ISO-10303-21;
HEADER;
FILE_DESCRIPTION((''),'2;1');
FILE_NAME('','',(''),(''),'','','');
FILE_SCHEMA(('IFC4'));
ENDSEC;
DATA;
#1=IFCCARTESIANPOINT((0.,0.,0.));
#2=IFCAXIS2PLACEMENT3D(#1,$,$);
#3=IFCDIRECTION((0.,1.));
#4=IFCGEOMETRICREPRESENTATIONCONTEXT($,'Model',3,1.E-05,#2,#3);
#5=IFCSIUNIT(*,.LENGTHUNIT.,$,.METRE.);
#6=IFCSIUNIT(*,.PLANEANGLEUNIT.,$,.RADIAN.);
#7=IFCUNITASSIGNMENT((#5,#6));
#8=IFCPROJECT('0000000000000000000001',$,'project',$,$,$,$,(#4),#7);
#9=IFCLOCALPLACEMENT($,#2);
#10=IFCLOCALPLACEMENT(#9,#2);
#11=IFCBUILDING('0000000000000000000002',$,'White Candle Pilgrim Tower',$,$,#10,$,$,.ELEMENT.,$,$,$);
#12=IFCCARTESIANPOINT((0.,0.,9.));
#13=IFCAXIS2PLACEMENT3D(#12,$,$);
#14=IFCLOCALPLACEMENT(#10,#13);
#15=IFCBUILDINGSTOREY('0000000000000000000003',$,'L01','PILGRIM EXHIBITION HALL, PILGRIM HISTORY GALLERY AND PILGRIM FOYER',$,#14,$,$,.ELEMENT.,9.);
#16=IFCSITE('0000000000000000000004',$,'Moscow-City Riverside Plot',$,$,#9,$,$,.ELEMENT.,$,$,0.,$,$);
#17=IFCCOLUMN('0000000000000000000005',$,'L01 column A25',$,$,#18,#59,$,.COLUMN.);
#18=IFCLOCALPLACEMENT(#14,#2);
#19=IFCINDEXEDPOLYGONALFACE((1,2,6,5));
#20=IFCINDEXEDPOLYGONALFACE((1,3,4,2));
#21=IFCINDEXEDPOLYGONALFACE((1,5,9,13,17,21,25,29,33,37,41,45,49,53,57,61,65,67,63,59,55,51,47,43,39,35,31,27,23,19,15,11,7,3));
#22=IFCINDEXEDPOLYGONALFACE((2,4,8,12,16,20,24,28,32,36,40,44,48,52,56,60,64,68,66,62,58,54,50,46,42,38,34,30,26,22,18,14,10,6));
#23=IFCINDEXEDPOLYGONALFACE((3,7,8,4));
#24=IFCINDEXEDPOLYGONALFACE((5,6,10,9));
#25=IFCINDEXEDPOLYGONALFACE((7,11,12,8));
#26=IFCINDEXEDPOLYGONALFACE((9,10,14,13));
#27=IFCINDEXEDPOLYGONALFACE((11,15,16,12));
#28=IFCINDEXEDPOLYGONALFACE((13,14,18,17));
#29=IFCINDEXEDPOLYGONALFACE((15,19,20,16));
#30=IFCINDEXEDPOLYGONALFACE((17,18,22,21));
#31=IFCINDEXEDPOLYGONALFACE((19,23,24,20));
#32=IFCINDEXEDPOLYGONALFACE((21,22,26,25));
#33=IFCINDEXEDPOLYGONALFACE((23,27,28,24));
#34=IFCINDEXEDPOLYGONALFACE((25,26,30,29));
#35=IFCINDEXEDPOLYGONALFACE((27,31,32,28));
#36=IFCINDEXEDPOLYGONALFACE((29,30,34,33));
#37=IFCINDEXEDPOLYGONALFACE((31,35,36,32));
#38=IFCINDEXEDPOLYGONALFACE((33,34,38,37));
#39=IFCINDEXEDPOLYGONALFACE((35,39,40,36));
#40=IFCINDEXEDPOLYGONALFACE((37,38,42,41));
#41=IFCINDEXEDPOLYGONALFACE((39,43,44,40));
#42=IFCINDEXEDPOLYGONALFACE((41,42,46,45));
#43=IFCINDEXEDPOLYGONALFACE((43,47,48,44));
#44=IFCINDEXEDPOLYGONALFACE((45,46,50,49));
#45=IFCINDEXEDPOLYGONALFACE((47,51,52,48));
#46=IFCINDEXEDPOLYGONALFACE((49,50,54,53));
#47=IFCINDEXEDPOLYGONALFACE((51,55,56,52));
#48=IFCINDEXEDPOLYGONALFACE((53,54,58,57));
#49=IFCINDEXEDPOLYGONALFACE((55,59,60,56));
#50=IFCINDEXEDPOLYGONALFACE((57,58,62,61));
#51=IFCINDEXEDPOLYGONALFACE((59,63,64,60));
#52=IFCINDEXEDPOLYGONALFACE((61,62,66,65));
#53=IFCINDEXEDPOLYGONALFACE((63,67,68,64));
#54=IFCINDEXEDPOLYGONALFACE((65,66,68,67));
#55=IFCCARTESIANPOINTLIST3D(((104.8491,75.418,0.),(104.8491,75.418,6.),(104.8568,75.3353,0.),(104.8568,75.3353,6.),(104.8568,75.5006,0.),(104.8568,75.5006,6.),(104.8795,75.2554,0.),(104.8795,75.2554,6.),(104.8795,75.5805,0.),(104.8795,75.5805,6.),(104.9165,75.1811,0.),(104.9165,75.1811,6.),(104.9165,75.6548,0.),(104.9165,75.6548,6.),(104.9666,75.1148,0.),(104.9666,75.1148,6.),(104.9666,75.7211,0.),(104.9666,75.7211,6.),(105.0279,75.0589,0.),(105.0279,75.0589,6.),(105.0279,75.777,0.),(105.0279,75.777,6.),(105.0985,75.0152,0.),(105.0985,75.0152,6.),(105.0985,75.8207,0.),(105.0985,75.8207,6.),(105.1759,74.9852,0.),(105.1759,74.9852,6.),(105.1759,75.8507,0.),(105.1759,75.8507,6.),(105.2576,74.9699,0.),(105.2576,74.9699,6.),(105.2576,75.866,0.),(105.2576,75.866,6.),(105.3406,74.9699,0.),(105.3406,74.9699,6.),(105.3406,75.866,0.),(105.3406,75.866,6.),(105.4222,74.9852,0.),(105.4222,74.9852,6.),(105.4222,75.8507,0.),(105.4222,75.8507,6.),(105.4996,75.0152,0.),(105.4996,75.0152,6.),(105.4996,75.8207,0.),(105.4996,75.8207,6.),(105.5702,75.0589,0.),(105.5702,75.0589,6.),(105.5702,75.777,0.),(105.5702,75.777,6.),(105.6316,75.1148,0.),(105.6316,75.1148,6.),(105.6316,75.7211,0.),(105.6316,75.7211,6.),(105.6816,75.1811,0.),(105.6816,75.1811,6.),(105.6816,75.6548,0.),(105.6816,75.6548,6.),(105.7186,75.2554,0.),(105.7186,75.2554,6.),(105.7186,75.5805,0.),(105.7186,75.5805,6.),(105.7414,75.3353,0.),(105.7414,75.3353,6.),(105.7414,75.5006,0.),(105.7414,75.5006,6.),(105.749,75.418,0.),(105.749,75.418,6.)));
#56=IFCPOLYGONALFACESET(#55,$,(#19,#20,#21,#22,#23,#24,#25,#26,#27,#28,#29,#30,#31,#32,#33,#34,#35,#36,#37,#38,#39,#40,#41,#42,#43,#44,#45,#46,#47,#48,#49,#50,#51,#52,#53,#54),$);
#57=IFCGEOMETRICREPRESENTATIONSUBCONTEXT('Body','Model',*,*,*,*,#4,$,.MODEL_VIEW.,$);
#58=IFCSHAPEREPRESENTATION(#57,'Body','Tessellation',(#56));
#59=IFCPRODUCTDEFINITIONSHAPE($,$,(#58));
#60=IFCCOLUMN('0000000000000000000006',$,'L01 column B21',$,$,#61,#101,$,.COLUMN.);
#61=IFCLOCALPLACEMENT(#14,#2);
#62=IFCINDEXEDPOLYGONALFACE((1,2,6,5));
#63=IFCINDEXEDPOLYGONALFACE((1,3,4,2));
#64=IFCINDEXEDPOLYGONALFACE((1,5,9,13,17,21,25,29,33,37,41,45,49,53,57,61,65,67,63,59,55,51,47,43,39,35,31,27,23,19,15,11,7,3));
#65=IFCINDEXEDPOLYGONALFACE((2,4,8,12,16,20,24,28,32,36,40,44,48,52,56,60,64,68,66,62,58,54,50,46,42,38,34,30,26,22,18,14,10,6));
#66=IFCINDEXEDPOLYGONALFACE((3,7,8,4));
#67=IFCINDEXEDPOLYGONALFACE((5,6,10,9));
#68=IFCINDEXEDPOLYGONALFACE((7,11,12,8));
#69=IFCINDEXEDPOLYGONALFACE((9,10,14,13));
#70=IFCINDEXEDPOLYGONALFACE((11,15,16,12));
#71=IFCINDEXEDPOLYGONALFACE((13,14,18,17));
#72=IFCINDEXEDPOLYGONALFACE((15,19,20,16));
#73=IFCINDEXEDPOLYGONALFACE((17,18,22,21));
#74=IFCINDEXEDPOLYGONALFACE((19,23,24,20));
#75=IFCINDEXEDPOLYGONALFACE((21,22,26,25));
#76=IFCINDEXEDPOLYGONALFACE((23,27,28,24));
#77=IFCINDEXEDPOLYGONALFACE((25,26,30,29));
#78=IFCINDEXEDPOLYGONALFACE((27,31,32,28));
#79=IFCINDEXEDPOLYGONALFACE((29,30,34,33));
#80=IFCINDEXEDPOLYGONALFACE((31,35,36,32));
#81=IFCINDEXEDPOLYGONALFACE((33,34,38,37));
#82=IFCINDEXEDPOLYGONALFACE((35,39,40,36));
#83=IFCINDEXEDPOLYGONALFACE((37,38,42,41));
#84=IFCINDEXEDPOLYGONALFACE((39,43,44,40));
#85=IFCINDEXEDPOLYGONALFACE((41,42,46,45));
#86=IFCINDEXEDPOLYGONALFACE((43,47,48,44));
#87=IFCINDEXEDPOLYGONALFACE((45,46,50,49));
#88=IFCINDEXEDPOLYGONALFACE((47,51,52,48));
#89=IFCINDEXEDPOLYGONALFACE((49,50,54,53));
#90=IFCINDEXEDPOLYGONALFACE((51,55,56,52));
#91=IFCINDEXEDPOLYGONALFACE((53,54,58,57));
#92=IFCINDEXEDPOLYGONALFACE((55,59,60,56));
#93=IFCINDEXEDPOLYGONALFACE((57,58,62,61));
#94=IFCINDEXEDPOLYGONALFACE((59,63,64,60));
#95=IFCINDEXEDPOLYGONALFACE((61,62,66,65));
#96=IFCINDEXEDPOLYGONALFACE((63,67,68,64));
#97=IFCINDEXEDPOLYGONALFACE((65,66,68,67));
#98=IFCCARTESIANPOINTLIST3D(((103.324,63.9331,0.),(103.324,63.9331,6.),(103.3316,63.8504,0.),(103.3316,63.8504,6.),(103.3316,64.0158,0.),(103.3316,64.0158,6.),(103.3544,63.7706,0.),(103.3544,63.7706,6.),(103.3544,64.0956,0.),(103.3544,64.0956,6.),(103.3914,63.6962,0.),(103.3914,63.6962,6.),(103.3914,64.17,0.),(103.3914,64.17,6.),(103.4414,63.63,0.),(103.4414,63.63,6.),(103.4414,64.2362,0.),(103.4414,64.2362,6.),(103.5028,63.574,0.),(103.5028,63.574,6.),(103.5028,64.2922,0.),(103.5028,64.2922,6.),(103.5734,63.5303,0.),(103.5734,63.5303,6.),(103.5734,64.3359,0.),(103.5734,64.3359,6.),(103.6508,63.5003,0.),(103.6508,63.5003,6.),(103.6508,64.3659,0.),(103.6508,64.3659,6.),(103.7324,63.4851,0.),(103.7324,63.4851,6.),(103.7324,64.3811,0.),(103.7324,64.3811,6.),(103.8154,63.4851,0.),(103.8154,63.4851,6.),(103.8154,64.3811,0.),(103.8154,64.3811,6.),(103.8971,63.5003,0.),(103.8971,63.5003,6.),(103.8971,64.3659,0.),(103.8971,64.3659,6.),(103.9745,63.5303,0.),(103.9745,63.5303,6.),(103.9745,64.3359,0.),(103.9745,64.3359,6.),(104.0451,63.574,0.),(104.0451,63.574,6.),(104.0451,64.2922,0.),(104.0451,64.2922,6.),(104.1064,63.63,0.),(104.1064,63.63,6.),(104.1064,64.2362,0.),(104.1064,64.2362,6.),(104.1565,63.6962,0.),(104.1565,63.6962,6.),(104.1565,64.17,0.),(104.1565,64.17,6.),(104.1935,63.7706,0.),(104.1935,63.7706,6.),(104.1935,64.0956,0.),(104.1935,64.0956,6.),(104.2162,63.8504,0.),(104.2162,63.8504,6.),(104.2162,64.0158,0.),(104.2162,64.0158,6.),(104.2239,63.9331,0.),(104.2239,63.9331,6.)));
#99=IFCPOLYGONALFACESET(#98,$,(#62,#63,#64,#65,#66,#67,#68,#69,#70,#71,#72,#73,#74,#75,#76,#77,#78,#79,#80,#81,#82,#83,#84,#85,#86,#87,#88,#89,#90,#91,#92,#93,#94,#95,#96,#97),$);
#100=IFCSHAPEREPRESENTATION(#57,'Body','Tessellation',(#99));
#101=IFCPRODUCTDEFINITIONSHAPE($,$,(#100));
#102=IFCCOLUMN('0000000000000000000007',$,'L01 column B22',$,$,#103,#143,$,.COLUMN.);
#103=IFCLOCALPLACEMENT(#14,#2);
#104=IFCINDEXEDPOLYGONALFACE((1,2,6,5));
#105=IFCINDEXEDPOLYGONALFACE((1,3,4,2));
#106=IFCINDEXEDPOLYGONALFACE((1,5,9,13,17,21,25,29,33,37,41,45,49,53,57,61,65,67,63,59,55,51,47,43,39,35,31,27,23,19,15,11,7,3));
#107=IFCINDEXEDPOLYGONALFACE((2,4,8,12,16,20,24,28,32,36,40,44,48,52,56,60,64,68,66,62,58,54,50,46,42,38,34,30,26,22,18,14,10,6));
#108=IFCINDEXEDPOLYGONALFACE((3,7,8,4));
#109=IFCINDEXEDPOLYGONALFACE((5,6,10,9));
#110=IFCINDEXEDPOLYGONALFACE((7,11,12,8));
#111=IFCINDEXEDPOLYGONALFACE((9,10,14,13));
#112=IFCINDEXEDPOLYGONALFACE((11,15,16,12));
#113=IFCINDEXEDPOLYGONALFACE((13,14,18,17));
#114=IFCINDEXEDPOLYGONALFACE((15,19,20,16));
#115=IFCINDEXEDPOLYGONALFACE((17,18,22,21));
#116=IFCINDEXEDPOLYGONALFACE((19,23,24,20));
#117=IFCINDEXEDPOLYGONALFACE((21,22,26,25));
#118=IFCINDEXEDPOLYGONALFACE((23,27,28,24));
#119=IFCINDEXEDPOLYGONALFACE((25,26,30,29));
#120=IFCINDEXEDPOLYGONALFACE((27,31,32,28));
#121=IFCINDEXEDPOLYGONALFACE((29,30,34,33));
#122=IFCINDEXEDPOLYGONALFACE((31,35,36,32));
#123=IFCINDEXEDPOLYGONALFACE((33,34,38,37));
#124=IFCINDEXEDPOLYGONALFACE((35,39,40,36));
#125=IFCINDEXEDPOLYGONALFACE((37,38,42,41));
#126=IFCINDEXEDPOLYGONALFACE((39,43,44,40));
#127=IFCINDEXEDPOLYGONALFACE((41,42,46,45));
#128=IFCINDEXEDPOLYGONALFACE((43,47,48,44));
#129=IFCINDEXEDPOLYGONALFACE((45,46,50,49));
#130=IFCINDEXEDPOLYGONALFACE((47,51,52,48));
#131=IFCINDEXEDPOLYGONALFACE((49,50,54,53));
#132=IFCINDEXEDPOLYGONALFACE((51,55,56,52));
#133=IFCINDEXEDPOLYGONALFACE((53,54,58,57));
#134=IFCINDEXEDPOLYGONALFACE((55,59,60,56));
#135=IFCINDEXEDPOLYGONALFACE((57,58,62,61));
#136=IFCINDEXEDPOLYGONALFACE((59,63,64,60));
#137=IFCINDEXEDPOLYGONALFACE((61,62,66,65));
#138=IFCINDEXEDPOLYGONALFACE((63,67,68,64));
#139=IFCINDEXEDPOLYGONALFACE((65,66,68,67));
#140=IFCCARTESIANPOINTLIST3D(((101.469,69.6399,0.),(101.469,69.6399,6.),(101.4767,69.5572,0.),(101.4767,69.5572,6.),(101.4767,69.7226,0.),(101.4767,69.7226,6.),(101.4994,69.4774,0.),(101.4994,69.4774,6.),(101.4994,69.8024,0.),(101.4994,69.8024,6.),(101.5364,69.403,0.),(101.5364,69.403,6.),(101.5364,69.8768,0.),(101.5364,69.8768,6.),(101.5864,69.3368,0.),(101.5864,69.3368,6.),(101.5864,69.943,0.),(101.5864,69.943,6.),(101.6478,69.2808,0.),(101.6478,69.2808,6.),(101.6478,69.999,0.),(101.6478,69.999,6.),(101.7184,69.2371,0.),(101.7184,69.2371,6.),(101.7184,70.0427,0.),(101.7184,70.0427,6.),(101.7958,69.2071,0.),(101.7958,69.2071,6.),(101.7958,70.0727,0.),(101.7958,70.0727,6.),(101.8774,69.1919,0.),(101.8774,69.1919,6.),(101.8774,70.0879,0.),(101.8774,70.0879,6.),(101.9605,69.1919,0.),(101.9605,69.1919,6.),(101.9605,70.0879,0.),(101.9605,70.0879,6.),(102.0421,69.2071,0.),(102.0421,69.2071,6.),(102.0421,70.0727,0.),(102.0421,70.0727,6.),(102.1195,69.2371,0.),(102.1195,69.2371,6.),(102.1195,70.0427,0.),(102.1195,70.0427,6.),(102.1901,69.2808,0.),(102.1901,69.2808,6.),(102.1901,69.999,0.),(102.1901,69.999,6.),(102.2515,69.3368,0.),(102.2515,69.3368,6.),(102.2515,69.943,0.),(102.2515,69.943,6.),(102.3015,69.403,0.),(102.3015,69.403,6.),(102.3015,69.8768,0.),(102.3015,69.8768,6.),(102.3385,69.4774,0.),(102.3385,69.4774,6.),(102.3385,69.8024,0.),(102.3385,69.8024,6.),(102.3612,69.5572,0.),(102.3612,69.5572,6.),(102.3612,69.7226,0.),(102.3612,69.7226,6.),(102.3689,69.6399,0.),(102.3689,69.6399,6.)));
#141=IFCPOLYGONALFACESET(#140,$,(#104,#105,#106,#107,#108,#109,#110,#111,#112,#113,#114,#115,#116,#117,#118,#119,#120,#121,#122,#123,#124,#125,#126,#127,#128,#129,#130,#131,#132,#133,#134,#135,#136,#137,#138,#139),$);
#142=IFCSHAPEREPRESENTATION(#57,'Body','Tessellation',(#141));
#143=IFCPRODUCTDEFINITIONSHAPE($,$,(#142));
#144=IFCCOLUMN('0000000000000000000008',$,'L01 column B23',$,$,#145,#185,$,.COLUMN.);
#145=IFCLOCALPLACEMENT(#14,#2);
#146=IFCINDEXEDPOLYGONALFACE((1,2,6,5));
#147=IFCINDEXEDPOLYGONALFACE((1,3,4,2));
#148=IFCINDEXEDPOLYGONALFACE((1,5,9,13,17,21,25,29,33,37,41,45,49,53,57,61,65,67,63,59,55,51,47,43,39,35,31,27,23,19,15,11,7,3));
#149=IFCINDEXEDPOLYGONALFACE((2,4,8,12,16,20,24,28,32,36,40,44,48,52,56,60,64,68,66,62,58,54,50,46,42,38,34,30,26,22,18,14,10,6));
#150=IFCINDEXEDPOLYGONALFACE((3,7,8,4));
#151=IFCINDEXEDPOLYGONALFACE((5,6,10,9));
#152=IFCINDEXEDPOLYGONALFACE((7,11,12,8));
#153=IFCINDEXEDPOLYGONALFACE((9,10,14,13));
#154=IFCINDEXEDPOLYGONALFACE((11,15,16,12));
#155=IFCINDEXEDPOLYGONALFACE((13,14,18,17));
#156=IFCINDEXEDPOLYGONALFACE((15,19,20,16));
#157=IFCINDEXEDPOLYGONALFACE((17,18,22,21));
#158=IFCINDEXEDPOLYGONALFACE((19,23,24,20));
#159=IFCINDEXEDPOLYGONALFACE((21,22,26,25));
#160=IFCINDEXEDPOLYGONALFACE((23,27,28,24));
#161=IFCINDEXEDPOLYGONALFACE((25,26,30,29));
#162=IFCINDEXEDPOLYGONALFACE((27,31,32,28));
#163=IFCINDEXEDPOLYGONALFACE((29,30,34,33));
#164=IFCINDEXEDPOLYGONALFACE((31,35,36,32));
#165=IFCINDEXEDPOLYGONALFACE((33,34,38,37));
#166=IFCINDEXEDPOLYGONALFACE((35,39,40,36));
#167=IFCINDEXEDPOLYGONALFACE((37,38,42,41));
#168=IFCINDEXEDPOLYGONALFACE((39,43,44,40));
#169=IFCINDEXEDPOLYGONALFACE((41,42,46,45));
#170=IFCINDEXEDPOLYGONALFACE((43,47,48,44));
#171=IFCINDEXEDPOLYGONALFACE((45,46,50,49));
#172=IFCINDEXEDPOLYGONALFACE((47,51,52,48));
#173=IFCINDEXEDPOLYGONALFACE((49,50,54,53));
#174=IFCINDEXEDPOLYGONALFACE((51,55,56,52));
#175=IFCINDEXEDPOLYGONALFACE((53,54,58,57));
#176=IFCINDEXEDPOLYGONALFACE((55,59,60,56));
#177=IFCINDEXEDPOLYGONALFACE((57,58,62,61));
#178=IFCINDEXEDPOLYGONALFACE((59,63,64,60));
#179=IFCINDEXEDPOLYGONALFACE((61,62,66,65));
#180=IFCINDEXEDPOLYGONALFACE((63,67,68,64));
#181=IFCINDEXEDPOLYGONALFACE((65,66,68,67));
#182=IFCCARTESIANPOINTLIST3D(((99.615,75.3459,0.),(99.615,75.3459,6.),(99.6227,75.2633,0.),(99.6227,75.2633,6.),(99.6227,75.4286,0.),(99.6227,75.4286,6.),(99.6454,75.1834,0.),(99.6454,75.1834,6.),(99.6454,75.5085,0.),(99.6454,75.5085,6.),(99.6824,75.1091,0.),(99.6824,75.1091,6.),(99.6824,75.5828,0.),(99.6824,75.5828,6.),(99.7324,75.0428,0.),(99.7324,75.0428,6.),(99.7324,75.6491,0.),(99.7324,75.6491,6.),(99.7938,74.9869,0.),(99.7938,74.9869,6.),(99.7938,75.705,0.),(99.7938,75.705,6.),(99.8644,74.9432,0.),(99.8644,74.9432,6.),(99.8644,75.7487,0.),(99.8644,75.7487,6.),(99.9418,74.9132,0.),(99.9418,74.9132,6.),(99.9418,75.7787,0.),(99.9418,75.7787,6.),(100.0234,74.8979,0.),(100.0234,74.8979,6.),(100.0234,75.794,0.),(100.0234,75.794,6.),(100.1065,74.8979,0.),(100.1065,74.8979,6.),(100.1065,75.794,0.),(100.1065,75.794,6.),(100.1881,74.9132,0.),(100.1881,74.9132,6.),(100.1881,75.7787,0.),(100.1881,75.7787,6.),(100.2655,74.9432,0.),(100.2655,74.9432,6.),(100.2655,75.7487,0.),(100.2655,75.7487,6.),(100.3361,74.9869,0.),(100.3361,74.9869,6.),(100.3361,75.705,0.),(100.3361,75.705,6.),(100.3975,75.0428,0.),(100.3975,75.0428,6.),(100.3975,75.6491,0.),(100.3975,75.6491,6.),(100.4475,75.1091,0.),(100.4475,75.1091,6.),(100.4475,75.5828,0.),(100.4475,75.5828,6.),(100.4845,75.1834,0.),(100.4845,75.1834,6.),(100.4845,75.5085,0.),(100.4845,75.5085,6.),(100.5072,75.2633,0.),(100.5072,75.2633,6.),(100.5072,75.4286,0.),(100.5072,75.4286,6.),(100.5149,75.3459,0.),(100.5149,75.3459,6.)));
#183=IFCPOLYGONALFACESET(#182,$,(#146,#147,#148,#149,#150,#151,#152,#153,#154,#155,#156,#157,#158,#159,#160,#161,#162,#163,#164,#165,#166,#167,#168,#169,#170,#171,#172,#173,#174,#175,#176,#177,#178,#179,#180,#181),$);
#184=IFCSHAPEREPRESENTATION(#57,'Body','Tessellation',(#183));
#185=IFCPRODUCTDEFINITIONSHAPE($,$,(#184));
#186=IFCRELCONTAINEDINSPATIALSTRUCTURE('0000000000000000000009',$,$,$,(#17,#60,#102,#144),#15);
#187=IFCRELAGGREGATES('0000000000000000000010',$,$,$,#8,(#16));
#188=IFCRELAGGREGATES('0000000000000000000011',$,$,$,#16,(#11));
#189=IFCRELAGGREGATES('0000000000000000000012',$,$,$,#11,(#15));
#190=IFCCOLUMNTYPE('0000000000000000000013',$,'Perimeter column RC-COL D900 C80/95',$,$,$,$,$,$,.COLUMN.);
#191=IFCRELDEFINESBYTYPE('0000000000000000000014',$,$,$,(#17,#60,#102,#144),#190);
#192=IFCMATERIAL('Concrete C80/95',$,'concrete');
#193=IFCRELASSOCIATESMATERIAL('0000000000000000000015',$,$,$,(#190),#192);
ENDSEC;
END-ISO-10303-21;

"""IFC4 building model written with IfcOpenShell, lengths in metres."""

from ifc_helpers import new_model, si_unit, direction, frame, origin, origin_2d, place, context, subcontext, project, spatial, circle, extrude, material, material_profile, profile_set, type_object, element, save


model = new_model("IFC4")

# Units and contexts
model_context = context("Model", 3, precision=1e-05, world=origin(), true_north=direction((0.0, 1.0)))
body_context = subcontext(model_context, "Body", "Model", "MODEL_VIEW")
ifc_project = project(units=[si_unit("LENGTHUNIT", "METRE"), si_unit("PLANEANGLEUNIT", "RADIAN")], contexts=[model_context])

# Site, building, storey
site_placement = place(None, origin())
site = spatial("IfcSite", under=ifc_project, at=site_placement, Name="Moscow-City Riverside Plot", CompositionType="ELEMENT", RefElevation=0.0)
building_placement = place(site_placement, origin())
building = spatial("IfcBuilding", under=site, at=building_placement, Name="White Candle Pilgrim Tower", CompositionType="ELEMENT")
storey_placement = place(building_placement, frame((0.0, 0.0, 9.0)))
storey = spatial("IfcBuildingStorey", under=building, at=storey_placement, Name="L01", Description="PILGRIM EXHIBITION HALL, PILGRIM HISTORY GALLERY AND PILGRIM FOYER", CompositionType="ELEMENT", Elevation=9.0)

# Columns
ifc_material_1 = material(Name="Concrete C80/95", Category="concrete")
ifc_material_profile_1 = material_profile(ifc_material_1, circle(Radius=0.45, at=origin_2d()), Name="RC-COL D900")
ifc_profile_set_1 = profile_set([ifc_material_profile_1], Name="Concrete C80/95")
column_type = type_object("IfcColumnType", Name="Perimeter column RC-COL D900 C80/95", PredefinedType="COLUMN", material=ifc_profile_set_1)
for number, where, z_axis, x_axis, name in (
    (1, (105.2991, 75.418, 0.0), (0.0, 0.0, 1.0), (1.0, 0.0, 0.0), "L01 column A25"),
    (2, (103.7739, 63.9331, 0.0), (0.0, 0.0, 1.0), (1.0, 0.0, 0.0), "L01 column B21"),
    (3, (101.9189, 69.6399, 0.0), (0.0, 0.0, 1.0), (1.0, 0.0, 0.0), "L01 column B22"),
    (4, (100.0649, 75.3459, 0.0), (0.0, 0.0, 1.0), (1.0, 0.0, 0.0), "L01 column B23"),
):
    element("IfcColumn", number, at=place(storey_placement, frame(where, z_axis=z_axis, x_axis=x_axis)), inside=storey, type_object=column_type, Name=name, PredefinedType="COLUMN", context=body_context, shape_type="SweptSolid", body=[
        extrude(circle(Radius=0.45, at=origin_2d()), origin(), (0.0, 0.0, 1.0), 6.0),
    ])

save(model, "model.ifc")
